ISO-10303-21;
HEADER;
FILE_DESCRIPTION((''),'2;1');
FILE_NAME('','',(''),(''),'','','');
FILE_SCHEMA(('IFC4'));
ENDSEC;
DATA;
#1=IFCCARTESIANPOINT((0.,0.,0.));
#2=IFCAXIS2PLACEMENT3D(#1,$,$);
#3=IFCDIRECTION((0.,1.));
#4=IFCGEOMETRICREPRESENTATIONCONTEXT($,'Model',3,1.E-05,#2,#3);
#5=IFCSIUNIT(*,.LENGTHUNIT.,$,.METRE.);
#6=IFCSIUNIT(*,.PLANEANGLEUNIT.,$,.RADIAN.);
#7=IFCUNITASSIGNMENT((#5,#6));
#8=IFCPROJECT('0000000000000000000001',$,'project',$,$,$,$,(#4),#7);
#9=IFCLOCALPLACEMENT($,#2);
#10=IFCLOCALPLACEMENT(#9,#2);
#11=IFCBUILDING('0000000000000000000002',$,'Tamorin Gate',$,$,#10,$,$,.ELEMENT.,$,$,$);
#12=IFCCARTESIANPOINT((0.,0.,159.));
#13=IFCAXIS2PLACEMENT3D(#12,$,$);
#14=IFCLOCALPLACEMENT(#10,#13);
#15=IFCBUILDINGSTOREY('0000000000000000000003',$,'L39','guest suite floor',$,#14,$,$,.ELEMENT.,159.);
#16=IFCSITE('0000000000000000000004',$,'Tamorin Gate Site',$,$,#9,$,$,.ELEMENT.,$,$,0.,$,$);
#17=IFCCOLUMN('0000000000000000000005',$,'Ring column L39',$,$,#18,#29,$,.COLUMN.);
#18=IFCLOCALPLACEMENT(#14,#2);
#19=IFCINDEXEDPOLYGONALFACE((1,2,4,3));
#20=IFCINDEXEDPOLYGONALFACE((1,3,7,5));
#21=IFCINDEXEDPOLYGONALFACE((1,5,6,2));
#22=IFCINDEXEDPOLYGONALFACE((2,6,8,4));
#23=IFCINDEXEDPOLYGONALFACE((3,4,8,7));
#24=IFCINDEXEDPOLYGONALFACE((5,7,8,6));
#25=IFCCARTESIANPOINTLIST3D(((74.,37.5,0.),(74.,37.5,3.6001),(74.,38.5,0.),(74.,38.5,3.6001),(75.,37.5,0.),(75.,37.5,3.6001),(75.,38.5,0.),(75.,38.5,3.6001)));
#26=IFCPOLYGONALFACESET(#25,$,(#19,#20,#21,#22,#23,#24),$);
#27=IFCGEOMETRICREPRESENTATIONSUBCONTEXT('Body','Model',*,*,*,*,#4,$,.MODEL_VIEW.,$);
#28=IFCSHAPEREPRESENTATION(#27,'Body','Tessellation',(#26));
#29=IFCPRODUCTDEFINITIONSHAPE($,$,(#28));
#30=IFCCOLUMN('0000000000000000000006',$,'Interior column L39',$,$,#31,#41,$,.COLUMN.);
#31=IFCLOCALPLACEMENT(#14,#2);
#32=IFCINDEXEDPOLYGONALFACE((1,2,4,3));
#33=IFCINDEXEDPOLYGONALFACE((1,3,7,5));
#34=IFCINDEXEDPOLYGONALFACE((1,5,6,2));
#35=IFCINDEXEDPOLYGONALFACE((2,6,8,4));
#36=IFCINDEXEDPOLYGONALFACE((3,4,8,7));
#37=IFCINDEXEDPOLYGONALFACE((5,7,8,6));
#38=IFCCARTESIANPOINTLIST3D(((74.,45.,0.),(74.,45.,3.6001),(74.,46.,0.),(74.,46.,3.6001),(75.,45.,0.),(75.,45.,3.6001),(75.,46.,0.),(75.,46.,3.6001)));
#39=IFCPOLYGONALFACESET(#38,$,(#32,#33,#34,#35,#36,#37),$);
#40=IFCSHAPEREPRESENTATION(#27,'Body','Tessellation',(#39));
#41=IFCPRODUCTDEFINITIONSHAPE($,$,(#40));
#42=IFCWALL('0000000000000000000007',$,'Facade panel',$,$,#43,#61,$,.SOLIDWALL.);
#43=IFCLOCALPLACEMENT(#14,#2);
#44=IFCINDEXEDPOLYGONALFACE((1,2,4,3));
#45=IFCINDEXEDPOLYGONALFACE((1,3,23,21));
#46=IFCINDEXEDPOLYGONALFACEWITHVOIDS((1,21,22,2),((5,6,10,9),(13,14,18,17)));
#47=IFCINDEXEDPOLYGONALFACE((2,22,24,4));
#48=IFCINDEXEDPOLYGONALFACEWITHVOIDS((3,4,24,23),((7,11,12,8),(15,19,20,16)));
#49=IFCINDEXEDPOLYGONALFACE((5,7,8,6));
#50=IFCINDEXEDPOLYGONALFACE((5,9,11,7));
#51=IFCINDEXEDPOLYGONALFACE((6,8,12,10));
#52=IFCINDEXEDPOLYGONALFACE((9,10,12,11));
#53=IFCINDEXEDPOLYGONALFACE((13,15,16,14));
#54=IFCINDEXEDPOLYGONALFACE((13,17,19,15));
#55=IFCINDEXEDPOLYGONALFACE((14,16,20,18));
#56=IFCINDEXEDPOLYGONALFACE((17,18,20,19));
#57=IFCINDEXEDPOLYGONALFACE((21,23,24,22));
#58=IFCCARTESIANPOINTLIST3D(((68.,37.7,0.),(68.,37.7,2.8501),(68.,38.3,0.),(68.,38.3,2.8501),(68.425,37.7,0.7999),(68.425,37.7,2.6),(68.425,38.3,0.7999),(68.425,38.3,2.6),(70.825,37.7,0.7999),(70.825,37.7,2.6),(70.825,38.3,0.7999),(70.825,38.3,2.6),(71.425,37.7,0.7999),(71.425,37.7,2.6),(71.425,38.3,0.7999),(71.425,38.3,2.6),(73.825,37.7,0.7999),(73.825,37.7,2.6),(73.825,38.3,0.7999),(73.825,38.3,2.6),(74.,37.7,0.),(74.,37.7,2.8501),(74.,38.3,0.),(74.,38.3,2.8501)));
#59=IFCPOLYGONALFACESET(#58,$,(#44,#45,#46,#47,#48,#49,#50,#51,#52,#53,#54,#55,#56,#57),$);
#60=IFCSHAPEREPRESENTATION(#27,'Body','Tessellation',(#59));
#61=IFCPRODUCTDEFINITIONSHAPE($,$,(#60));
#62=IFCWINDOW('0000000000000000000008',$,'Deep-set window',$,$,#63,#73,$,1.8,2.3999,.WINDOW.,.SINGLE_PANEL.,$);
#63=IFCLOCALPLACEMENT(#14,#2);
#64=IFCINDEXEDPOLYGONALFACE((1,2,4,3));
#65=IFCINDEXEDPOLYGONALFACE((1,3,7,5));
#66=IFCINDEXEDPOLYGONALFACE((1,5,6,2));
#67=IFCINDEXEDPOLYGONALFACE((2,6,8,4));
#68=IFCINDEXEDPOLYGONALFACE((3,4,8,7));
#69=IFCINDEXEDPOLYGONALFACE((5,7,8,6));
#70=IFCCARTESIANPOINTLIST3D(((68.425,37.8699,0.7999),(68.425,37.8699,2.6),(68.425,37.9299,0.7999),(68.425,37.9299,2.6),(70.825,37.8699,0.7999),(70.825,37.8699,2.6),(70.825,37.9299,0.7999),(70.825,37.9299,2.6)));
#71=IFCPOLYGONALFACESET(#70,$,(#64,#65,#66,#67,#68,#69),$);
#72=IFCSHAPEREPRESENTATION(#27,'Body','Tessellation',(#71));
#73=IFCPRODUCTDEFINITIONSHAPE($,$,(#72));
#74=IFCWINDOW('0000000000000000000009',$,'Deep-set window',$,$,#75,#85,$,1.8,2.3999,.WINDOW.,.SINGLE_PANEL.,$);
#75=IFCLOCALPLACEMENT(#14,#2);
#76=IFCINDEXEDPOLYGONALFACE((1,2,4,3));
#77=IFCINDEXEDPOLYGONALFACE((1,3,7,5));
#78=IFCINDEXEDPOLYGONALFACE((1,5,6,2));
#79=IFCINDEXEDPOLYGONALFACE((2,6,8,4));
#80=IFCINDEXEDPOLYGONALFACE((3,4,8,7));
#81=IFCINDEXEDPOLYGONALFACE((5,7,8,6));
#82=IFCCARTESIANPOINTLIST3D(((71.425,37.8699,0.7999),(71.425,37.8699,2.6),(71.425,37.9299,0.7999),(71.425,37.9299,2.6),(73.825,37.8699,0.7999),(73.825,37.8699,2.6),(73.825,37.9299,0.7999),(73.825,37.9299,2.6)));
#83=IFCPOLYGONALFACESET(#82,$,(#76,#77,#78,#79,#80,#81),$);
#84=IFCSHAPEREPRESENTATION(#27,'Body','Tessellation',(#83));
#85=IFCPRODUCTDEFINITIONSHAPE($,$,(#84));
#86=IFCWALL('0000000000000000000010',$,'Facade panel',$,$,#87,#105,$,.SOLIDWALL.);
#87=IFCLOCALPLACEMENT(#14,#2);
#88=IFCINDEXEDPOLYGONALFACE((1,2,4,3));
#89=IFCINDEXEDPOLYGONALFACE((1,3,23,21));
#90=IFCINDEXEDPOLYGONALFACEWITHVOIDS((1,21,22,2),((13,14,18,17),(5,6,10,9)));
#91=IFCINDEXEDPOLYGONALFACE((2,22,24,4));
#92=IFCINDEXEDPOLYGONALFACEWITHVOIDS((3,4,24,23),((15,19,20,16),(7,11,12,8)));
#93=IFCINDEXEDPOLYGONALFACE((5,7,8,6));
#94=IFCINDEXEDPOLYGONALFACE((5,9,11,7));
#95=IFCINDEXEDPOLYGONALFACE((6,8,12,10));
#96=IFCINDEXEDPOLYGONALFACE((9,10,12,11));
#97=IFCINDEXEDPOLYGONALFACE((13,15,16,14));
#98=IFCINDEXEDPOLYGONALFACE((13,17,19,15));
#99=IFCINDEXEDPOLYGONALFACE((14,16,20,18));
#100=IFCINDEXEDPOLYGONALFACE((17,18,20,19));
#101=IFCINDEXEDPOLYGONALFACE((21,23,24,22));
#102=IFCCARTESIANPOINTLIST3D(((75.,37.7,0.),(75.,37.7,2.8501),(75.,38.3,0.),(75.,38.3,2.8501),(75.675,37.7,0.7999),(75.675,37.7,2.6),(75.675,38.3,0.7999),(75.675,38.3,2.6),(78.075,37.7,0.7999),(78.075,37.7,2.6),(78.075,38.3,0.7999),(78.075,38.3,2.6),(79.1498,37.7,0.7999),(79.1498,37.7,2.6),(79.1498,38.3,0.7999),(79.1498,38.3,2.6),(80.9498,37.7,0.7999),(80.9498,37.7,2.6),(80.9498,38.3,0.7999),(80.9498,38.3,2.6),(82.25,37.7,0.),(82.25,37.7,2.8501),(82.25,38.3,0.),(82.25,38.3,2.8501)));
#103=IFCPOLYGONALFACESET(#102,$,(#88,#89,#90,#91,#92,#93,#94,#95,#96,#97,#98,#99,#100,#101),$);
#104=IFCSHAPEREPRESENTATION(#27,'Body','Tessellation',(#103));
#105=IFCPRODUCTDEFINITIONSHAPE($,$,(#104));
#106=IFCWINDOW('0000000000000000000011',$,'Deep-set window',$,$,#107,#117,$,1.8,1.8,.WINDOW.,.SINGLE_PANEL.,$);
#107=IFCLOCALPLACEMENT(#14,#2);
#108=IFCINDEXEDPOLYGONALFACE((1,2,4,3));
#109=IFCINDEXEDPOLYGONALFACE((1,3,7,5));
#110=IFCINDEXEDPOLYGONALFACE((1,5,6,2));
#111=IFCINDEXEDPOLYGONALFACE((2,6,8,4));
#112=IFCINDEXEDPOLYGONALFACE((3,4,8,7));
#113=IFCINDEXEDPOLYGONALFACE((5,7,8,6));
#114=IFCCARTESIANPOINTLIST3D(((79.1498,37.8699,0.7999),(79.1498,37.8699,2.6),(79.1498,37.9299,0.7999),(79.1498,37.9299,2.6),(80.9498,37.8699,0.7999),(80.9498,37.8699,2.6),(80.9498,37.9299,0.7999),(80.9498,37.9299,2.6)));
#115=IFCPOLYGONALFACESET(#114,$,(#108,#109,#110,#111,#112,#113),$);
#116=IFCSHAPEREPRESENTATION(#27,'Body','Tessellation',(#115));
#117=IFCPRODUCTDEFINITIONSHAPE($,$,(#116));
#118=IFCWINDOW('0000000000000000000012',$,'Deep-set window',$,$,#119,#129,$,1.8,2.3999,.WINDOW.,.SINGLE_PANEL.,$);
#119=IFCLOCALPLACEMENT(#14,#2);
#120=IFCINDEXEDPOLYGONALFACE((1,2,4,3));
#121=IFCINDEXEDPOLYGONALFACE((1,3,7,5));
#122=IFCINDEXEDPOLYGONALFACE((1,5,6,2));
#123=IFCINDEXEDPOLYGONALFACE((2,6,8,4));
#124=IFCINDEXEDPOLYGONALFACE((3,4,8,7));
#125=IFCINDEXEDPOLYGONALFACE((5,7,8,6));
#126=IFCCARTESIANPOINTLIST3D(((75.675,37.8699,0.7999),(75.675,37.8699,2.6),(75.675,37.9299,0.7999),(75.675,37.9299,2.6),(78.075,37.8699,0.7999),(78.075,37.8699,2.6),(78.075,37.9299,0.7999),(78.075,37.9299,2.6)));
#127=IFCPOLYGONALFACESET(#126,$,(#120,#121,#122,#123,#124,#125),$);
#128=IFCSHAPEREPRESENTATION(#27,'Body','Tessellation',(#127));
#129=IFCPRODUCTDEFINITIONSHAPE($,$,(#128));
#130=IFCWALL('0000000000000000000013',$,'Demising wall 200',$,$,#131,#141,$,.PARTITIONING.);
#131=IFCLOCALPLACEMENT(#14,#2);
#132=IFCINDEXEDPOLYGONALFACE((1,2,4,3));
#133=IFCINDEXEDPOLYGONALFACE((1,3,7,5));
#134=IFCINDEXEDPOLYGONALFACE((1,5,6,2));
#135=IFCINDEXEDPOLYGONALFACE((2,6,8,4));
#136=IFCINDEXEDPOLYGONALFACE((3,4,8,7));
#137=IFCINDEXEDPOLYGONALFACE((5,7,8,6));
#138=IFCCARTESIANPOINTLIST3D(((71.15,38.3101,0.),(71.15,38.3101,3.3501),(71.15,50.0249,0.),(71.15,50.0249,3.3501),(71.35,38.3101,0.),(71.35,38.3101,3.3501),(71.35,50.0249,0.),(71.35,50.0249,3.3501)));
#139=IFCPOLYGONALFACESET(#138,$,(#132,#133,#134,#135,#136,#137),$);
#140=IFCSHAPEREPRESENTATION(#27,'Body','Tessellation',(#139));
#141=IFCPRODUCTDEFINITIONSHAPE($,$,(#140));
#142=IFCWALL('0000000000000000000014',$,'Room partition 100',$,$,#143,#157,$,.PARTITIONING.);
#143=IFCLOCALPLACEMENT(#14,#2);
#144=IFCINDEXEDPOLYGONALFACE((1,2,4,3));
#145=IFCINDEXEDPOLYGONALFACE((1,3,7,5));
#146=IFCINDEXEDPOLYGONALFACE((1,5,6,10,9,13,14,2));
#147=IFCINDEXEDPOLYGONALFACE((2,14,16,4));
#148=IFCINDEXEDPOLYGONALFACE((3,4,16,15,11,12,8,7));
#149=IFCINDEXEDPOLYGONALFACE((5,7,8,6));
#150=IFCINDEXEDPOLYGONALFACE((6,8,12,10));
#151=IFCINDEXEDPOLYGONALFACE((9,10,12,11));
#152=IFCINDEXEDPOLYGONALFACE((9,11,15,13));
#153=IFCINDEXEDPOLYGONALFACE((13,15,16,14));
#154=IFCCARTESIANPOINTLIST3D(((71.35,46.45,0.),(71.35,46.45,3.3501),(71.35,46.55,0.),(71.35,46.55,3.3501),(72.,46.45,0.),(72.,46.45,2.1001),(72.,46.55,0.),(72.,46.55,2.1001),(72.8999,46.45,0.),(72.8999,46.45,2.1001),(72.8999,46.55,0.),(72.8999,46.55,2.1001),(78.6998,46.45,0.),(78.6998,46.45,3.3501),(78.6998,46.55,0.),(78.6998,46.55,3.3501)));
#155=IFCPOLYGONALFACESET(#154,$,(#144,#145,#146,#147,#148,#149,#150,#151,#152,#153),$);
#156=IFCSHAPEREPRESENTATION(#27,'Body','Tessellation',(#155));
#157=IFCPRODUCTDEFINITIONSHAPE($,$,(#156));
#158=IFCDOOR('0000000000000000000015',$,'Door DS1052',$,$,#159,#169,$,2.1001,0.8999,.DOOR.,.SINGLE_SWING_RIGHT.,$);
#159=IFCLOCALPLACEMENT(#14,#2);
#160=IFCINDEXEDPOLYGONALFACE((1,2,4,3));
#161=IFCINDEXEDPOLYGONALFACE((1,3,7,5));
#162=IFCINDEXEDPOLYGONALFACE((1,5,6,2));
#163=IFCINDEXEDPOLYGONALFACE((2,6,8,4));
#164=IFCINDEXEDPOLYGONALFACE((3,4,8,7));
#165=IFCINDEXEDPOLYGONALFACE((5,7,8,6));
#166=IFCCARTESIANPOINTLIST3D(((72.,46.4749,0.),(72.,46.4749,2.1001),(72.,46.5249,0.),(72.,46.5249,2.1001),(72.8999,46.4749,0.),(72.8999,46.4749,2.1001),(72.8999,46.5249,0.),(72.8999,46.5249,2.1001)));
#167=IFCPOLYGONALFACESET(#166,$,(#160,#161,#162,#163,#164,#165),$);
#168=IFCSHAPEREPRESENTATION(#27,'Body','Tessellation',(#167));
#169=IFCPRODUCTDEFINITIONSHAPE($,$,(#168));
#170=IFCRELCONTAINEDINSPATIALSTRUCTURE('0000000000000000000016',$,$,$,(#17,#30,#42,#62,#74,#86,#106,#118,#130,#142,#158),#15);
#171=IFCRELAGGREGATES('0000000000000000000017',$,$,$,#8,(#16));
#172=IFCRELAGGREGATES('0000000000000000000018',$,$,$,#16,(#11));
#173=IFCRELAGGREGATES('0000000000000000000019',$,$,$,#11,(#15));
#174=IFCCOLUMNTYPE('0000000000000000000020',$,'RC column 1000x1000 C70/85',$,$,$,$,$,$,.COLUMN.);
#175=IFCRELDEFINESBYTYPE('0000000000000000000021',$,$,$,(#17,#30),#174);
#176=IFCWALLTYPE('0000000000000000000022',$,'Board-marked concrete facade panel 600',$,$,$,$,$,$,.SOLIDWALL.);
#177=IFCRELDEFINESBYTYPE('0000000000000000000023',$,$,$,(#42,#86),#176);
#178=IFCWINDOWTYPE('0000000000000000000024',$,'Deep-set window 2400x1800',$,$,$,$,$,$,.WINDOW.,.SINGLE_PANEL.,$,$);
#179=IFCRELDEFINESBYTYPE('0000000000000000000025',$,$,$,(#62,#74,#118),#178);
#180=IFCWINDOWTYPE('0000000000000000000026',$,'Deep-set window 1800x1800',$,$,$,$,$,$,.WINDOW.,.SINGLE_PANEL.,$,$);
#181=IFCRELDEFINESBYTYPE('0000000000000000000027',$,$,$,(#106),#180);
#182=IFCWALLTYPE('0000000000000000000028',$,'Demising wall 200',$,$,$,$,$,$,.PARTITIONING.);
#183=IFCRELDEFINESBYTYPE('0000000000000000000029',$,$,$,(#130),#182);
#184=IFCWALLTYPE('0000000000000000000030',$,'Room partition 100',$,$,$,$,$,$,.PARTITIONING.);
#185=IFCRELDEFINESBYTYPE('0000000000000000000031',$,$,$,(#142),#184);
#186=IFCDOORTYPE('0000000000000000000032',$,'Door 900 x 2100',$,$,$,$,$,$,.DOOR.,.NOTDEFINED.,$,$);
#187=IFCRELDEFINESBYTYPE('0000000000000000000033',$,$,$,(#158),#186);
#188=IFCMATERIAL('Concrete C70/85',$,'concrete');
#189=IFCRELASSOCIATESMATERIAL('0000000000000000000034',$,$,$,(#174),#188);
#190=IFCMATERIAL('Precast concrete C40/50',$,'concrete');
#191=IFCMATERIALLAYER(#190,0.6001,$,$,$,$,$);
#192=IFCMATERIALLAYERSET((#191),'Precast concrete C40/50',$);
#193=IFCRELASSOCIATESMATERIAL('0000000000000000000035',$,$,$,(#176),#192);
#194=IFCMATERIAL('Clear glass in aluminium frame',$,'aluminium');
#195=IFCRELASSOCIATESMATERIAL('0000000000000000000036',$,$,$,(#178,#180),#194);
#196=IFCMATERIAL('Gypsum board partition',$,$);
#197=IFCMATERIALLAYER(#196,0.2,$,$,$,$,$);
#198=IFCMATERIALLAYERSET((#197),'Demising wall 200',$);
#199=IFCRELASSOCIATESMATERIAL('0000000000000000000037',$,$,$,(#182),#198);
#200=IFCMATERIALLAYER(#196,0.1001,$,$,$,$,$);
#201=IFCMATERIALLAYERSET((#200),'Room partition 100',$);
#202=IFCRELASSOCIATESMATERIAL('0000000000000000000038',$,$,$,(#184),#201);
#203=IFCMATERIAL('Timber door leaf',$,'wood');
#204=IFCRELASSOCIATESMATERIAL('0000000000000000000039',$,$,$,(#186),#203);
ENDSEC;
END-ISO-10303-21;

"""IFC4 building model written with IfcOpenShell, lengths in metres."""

from ifc_helpers import new_model, si_unit, direction, frame, frame_2d, origin, origin_2d, place, context, subcontext, project, spatial, rectangle, extrude, material, layer, layer_set, material_profile, profile_set, type_object, element, fill, save


model = new_model("IFC4")

# Units and contexts
model_context = context("Model", 3, precision=1e-05, world=origin(), true_north=direction((0.0, 1.0)))
body_context = subcontext(model_context, "Body", "Model", "MODEL_VIEW")
ifc_project = project(units=[si_unit("LENGTHUNIT", "METRE"), si_unit("PLANEANGLEUNIT", "RADIAN")], contexts=[model_context])

# Site, building, storey
site_placement = place(None, origin())
site = spatial("IfcSite", under=ifc_project, at=site_placement, Name="Tamorin Gate Site", CompositionType="ELEMENT", RefElevation=0.0)
building_placement = place(site_placement, origin())
building = spatial("IfcBuilding", under=site, at=building_placement, Name="Tamorin Gate", CompositionType="ELEMENT")
storey_placement = place(building_placement, frame((0.0, 0.0, 159.0)))
storey = spatial("IfcBuildingStorey", under=building, at=storey_placement, Name="L39", Description="guest suite floor", CompositionType="ELEMENT", Elevation=159.0)

# Columns
ifc_material_1 = material(Name="Concrete C70/85", Category="concrete")
ifc_material_profile = material_profile(ifc_material_1, rectangle(XDim=1.0, YDim=1.0, at=origin_2d()), Name="RC 1000x1000")
ifc_profile_set = profile_set([ifc_material_profile], Name="Concrete C70/85")
column_type = type_object("IfcColumnType", Name="RC column 1000x1000 C70/85", PredefinedType="COLUMN", material=ifc_profile_set)
for number, where, z_axis, x_axis, name in (
    (1, (74.5, 38.0, 0.0), (0.0, 0.0, 1.0), (1.0, 0.0, 0.0), "Ring column L39"),
    (2, (74.5, 45.5, 0.0), (0.0, 0.0, 1.0), (1.0, 0.0, 0.0), "Interior column L39"),
):
    element("IfcColumn", number, at=place(storey_placement, frame(where, z_axis=z_axis, x_axis=x_axis)), inside=storey, type_object=column_type, Name=name, PredefinedType="COLUMN", context=body_context, shape_type="SweptSolid", body=[
        extrude(rectangle(XDim=1.0, YDim=1.0, at=origin_2d()), origin(), (0.0, 0.0, 1.0), 3.6001),
    ])

# Walls, openings, windows
ifc_material_2 = material(Name="Precast concrete C40/50", Category="concrete")
ifc_layer_1 = layer(ifc_material_2, 0.6001)
ifc_layer_set_1 = layer_set([ifc_layer_1], Name="Precast concrete C40/50")
wall_type_1 = type_object("IfcWallType", Name="Board-marked concrete facade panel 600", PredefinedType="SOLIDWALL", material=ifc_layer_set_1)
wall_1_placement = place(storey_placement, frame((68.0, 38.0, 0.0), z_axis=(0.0, 0.0, 1.0), x_axis=(1.0, 0.0, 0.0)))
wall_1 = element("IfcWall", 3, at=wall_1_placement, inside=storey, type_object=wall_type_1, Name="Facade panel", PredefinedType="SOLIDWALL", context=body_context, shape_type="SweptSolid", body=[
    extrude(rectangle(XDim=6.0, YDim=0.6001, at=frame_2d((3.0, 0.0))), origin(), (0.0, 0.0, 1.0), 2.8501),
])
opening_1_placement = place(wall_1_placement, frame((0.425, 0.0, 0.8)))
opening_1 = element("IfcOpeningElement", 4, at=opening_1_placement, cuts=wall_1, PredefinedType="OPENING", context=body_context, shape_type="SweptSolid", body=[
    extrude(rectangle(XDim=2.3999, YDim=1.8, at=frame_2d((1.2, 0.8999))), frame((0.0, 0.3101, 0.0), z_axis=(0.0, -1.0, 0.0), x_axis=(1.0, 0.0, 0.0)), (0.0, 0.0, 1.0), 0.6201),
])
opening_2_placement = place(wall_1_placement, frame((3.425, 0.0, 0.8)))
opening_2 = element("IfcOpeningElement", 5, at=opening_2_placement, cuts=wall_1, PredefinedType="OPENING", context=body_context, shape_type="SweptSolid", body=[
    extrude(rectangle(XDim=2.3999, YDim=1.8, at=frame_2d((1.2, 0.8999))), frame((0.0, 0.3101, 0.0), z_axis=(0.0, -1.0, 0.0), x_axis=(1.0, 0.0, 0.0)), (0.0, 0.0, 1.0), 0.6201),
])
ifc_material_3 = material(Name="Clear glass in aluminium frame", Category="aluminium")
window_type_1 = type_object("IfcWindowType", Name="Deep-set window 2400x1800", PartitioningType="SINGLE_PANEL", PredefinedType="WINDOW", material=ifc_material_3)
window_1_placement = place(opening_1_placement, origin())
window_1 = element("IfcWindow", 6, at=window_1_placement, inside=storey, type_object=window_type_1, Name="Deep-set window", OverallHeight=1.8, OverallWidth=2.3999, PartitioningType="SINGLE_PANEL", PredefinedType="WINDOW", context=body_context, shape_type="SweptSolid", body=[
    extrude(rectangle(XDim=2.3999, YDim=1.8, at=frame_2d((1.2, 0.8999))), frame((0.0, -0.0701, 0.0), z_axis=(0.0, -1.0, 0.0), x_axis=(1.0, 0.0, 0.0)), (0.0, 0.0, 1.0), 0.0601),
])
fill(opening_1, window_1)
window_2_placement = place(opening_2_placement, origin())
window_2 = element("IfcWindow", 7, at=window_2_placement, inside=storey, type_object=window_type_1, Name="Deep-set window", OverallHeight=1.8, OverallWidth=2.3999, PartitioningType="SINGLE_PANEL", PredefinedType="WINDOW", context=body_context, shape_type="SweptSolid", body=[
    extrude(rectangle(XDim=2.3999, YDim=1.8, at=frame_2d((1.2, 0.8999))), frame((0.0, -0.0701, 0.0), z_axis=(0.0, -1.0, 0.0), x_axis=(1.0, 0.0, 0.0)), (0.0, 0.0, 1.0), 0.0601),
])
fill(opening_2, window_2)
wall_2_placement = place(storey_placement, frame((75.0, 38.0, 0.0), z_axis=(0.0, 0.0, 1.0), x_axis=(1.0, 0.0, 0.0)))
wall_2 = element("IfcWall", 8, at=wall_2_placement, inside=storey, type_object=wall_type_1, Name="Facade panel", PredefinedType="SOLIDWALL", context=body_context, shape_type="SweptSolid", body=[
    extrude(rectangle(XDim=7.25, YDim=0.6001, at=frame_2d((3.625, 0.0))), origin(), (0.0, 0.0, 1.0), 2.8501),
])
opening_3_placement = place(wall_2_placement, frame((0.675, 0.0, 0.8)))
opening_3 = element("IfcOpeningElement", 9, at=opening_3_placement, cuts=wall_2, PredefinedType="OPENING", context=body_context, shape_type="SweptSolid", body=[
    extrude(rectangle(XDim=2.3999, YDim=1.8, at=frame_2d((1.2, 0.8999))), frame((0.0, 0.3101, 0.0), z_axis=(0.0, -1.0, 0.0), x_axis=(1.0, 0.0, 0.0)), (0.0, 0.0, 1.0), 0.6201),
])
opening_4_placement = place(wall_2_placement, frame((4.1499, 0.0, 0.8)))
opening_4 = element("IfcOpeningElement", 10, at=opening_4_placement, cuts=wall_2, PredefinedType="OPENING", context=body_context, shape_type="SweptSolid", body=[
    extrude(rectangle(XDim=1.8, YDim=1.8, at=frame_2d((0.8999, 0.8999))), frame((0.0, 0.3101, 0.0), z_axis=(0.0, -1.0, 0.0), x_axis=(1.0, 0.0, 0.0)), (0.0, 0.0, 1.0), 0.6201),
])
window_type_2 = type_object("IfcWindowType", Name="Deep-set window 1800x1800", PartitioningType="SINGLE_PANEL", PredefinedType="WINDOW", material=ifc_material_3)
window_3_placement = place(opening_4_placement, origin())
window_3 = element("IfcWindow", 11, at=window_3_placement, inside=storey, type_object=window_type_2, Name="Deep-set window", OverallHeight=1.8, OverallWidth=1.8, PartitioningType="SINGLE_PANEL", PredefinedType="WINDOW", context=body_context, shape_type="SweptSolid", body=[
    extrude(rectangle(XDim=1.8, YDim=1.8, at=frame_2d((0.8999, 0.8999))), frame((0.0, -0.0701, 0.0), z_axis=(0.0, -1.0, 0.0), x_axis=(1.0, 0.0, 0.0)), (0.0, 0.0, 1.0), 0.0601),
])
fill(opening_4, window_3)
window_4_placement = place(opening_3_placement, origin())
window_4 = element("IfcWindow", 12, at=window_4_placement, inside=storey, type_object=window_type_1, Name="Deep-set window", OverallHeight=1.8, OverallWidth=2.3999, PartitioningType="SINGLE_PANEL", PredefinedType="WINDOW", context=body_context, shape_type="SweptSolid", body=[
    extrude(rectangle(XDim=2.3999, YDim=1.8, at=frame_2d((1.2, 0.8999))), frame((0.0, -0.0701, 0.0), z_axis=(0.0, -1.0, 0.0), x_axis=(1.0, 0.0, 0.0)), (0.0, 0.0, 1.0), 0.0601),
])
fill(opening_3, window_4)

# Wall
ifc_material_4 = material(Name="Gypsum board partition")
ifc_layer_2 = layer(ifc_material_4, 0.2)
ifc_layer_set_2 = layer_set([ifc_layer_2], Name="Demising wall 200")
wall_type_2 = type_object("IfcWallType", Name="Demising wall 200", PredefinedType="PARTITIONING", material=ifc_layer_set_2)
wall_3_placement = place(storey_placement, frame((71.25, 38.3101, 0.0), z_axis=(0.0, 0.0, 1.0), x_axis=(0.0, 1.0, 0.0)))
element("IfcWall", 13, at=wall_3_placement, inside=storey, type_object=wall_type_2, Name="Demising wall 200", PredefinedType="PARTITIONING", context=body_context, shape_type="SweptSolid", body=[
    extrude(rectangle(XDim=11.7148, YDim=0.2, at=frame_2d((5.8574, 0.0))), origin(), (0.0, 0.0, 1.0), 3.3501),
])

# Wall, opening, door
ifc_layer_3 = layer(ifc_material_4, 0.1001)
ifc_layer_set_3 = layer_set([ifc_layer_3], Name="Room partition 100")
wall_type_3 = type_object("IfcWallType", Name="Room partition 100", PredefinedType="PARTITIONING", material=ifc_layer_set_3)
wall_4_placement = place(storey_placement, frame((71.3501, 46.5, 0.0), z_axis=(0.0, 0.0, 1.0), x_axis=(1.0, 0.0, 0.0)))
wall_4 = element("IfcWall", 14, at=wall_4_placement, inside=storey, type_object=wall_type_3, Name="Room partition 100", PredefinedType="PARTITIONING", context=body_context, shape_type="SweptSolid", body=[
    extrude(rectangle(XDim=7.3499, YDim=0.1001, at=frame_2d((3.6748, 0.0))), origin(), (0.0, 0.0, 1.0), 3.3501),
])
opening_5_placement = place(wall_4_placement, frame((0.6499, 0.0, 0.0)))
opening_5 = element("IfcOpeningElement", 15, at=opening_5_placement, cuts=wall_4, PredefinedType="OPENING", context=body_context, shape_type="SweptSolid", body=[
    extrude(rectangle(XDim=0.8999, YDim=2.1001, at=frame_2d((0.45, 1.05))), frame((0.0, 0.0601, 0.0), z_axis=(0.0, -1.0, 0.0), x_axis=(1.0, 0.0, 0.0)), (0.0, 0.0, 1.0), 0.1201),
])
ifc_material_5 = material(Name="Timber door leaf", Category="wood")
door_type = type_object("IfcDoorType", Name="Door 900 x 2100", OperationType="NOTDEFINED", PredefinedType="DOOR", material=ifc_material_5)
door_1_placement = place(opening_5_placement, origin())
door_1 = element("IfcDoor", 16, at=door_1_placement, inside=storey, type_object=door_type, Name="Door DS1052", OperationType="SINGLE_SWING_RIGHT", OverallHeight=2.1001, OverallWidth=0.8999, PredefinedType="DOOR", context=body_context, shape_type="SweptSolid", body=[
    extrude(rectangle(XDim=0.8999, YDim=2.1001, at=frame_2d((0.45, 1.05))), frame((0.0, 0.0249, 0.0), z_axis=(0.0, -1.0, 0.0), x_axis=(1.0, 0.0, 0.0)), (0.0, 0.0, 1.0), 0.05),
])
fill(opening_5, door_1)

save(model, "model.ifc")
